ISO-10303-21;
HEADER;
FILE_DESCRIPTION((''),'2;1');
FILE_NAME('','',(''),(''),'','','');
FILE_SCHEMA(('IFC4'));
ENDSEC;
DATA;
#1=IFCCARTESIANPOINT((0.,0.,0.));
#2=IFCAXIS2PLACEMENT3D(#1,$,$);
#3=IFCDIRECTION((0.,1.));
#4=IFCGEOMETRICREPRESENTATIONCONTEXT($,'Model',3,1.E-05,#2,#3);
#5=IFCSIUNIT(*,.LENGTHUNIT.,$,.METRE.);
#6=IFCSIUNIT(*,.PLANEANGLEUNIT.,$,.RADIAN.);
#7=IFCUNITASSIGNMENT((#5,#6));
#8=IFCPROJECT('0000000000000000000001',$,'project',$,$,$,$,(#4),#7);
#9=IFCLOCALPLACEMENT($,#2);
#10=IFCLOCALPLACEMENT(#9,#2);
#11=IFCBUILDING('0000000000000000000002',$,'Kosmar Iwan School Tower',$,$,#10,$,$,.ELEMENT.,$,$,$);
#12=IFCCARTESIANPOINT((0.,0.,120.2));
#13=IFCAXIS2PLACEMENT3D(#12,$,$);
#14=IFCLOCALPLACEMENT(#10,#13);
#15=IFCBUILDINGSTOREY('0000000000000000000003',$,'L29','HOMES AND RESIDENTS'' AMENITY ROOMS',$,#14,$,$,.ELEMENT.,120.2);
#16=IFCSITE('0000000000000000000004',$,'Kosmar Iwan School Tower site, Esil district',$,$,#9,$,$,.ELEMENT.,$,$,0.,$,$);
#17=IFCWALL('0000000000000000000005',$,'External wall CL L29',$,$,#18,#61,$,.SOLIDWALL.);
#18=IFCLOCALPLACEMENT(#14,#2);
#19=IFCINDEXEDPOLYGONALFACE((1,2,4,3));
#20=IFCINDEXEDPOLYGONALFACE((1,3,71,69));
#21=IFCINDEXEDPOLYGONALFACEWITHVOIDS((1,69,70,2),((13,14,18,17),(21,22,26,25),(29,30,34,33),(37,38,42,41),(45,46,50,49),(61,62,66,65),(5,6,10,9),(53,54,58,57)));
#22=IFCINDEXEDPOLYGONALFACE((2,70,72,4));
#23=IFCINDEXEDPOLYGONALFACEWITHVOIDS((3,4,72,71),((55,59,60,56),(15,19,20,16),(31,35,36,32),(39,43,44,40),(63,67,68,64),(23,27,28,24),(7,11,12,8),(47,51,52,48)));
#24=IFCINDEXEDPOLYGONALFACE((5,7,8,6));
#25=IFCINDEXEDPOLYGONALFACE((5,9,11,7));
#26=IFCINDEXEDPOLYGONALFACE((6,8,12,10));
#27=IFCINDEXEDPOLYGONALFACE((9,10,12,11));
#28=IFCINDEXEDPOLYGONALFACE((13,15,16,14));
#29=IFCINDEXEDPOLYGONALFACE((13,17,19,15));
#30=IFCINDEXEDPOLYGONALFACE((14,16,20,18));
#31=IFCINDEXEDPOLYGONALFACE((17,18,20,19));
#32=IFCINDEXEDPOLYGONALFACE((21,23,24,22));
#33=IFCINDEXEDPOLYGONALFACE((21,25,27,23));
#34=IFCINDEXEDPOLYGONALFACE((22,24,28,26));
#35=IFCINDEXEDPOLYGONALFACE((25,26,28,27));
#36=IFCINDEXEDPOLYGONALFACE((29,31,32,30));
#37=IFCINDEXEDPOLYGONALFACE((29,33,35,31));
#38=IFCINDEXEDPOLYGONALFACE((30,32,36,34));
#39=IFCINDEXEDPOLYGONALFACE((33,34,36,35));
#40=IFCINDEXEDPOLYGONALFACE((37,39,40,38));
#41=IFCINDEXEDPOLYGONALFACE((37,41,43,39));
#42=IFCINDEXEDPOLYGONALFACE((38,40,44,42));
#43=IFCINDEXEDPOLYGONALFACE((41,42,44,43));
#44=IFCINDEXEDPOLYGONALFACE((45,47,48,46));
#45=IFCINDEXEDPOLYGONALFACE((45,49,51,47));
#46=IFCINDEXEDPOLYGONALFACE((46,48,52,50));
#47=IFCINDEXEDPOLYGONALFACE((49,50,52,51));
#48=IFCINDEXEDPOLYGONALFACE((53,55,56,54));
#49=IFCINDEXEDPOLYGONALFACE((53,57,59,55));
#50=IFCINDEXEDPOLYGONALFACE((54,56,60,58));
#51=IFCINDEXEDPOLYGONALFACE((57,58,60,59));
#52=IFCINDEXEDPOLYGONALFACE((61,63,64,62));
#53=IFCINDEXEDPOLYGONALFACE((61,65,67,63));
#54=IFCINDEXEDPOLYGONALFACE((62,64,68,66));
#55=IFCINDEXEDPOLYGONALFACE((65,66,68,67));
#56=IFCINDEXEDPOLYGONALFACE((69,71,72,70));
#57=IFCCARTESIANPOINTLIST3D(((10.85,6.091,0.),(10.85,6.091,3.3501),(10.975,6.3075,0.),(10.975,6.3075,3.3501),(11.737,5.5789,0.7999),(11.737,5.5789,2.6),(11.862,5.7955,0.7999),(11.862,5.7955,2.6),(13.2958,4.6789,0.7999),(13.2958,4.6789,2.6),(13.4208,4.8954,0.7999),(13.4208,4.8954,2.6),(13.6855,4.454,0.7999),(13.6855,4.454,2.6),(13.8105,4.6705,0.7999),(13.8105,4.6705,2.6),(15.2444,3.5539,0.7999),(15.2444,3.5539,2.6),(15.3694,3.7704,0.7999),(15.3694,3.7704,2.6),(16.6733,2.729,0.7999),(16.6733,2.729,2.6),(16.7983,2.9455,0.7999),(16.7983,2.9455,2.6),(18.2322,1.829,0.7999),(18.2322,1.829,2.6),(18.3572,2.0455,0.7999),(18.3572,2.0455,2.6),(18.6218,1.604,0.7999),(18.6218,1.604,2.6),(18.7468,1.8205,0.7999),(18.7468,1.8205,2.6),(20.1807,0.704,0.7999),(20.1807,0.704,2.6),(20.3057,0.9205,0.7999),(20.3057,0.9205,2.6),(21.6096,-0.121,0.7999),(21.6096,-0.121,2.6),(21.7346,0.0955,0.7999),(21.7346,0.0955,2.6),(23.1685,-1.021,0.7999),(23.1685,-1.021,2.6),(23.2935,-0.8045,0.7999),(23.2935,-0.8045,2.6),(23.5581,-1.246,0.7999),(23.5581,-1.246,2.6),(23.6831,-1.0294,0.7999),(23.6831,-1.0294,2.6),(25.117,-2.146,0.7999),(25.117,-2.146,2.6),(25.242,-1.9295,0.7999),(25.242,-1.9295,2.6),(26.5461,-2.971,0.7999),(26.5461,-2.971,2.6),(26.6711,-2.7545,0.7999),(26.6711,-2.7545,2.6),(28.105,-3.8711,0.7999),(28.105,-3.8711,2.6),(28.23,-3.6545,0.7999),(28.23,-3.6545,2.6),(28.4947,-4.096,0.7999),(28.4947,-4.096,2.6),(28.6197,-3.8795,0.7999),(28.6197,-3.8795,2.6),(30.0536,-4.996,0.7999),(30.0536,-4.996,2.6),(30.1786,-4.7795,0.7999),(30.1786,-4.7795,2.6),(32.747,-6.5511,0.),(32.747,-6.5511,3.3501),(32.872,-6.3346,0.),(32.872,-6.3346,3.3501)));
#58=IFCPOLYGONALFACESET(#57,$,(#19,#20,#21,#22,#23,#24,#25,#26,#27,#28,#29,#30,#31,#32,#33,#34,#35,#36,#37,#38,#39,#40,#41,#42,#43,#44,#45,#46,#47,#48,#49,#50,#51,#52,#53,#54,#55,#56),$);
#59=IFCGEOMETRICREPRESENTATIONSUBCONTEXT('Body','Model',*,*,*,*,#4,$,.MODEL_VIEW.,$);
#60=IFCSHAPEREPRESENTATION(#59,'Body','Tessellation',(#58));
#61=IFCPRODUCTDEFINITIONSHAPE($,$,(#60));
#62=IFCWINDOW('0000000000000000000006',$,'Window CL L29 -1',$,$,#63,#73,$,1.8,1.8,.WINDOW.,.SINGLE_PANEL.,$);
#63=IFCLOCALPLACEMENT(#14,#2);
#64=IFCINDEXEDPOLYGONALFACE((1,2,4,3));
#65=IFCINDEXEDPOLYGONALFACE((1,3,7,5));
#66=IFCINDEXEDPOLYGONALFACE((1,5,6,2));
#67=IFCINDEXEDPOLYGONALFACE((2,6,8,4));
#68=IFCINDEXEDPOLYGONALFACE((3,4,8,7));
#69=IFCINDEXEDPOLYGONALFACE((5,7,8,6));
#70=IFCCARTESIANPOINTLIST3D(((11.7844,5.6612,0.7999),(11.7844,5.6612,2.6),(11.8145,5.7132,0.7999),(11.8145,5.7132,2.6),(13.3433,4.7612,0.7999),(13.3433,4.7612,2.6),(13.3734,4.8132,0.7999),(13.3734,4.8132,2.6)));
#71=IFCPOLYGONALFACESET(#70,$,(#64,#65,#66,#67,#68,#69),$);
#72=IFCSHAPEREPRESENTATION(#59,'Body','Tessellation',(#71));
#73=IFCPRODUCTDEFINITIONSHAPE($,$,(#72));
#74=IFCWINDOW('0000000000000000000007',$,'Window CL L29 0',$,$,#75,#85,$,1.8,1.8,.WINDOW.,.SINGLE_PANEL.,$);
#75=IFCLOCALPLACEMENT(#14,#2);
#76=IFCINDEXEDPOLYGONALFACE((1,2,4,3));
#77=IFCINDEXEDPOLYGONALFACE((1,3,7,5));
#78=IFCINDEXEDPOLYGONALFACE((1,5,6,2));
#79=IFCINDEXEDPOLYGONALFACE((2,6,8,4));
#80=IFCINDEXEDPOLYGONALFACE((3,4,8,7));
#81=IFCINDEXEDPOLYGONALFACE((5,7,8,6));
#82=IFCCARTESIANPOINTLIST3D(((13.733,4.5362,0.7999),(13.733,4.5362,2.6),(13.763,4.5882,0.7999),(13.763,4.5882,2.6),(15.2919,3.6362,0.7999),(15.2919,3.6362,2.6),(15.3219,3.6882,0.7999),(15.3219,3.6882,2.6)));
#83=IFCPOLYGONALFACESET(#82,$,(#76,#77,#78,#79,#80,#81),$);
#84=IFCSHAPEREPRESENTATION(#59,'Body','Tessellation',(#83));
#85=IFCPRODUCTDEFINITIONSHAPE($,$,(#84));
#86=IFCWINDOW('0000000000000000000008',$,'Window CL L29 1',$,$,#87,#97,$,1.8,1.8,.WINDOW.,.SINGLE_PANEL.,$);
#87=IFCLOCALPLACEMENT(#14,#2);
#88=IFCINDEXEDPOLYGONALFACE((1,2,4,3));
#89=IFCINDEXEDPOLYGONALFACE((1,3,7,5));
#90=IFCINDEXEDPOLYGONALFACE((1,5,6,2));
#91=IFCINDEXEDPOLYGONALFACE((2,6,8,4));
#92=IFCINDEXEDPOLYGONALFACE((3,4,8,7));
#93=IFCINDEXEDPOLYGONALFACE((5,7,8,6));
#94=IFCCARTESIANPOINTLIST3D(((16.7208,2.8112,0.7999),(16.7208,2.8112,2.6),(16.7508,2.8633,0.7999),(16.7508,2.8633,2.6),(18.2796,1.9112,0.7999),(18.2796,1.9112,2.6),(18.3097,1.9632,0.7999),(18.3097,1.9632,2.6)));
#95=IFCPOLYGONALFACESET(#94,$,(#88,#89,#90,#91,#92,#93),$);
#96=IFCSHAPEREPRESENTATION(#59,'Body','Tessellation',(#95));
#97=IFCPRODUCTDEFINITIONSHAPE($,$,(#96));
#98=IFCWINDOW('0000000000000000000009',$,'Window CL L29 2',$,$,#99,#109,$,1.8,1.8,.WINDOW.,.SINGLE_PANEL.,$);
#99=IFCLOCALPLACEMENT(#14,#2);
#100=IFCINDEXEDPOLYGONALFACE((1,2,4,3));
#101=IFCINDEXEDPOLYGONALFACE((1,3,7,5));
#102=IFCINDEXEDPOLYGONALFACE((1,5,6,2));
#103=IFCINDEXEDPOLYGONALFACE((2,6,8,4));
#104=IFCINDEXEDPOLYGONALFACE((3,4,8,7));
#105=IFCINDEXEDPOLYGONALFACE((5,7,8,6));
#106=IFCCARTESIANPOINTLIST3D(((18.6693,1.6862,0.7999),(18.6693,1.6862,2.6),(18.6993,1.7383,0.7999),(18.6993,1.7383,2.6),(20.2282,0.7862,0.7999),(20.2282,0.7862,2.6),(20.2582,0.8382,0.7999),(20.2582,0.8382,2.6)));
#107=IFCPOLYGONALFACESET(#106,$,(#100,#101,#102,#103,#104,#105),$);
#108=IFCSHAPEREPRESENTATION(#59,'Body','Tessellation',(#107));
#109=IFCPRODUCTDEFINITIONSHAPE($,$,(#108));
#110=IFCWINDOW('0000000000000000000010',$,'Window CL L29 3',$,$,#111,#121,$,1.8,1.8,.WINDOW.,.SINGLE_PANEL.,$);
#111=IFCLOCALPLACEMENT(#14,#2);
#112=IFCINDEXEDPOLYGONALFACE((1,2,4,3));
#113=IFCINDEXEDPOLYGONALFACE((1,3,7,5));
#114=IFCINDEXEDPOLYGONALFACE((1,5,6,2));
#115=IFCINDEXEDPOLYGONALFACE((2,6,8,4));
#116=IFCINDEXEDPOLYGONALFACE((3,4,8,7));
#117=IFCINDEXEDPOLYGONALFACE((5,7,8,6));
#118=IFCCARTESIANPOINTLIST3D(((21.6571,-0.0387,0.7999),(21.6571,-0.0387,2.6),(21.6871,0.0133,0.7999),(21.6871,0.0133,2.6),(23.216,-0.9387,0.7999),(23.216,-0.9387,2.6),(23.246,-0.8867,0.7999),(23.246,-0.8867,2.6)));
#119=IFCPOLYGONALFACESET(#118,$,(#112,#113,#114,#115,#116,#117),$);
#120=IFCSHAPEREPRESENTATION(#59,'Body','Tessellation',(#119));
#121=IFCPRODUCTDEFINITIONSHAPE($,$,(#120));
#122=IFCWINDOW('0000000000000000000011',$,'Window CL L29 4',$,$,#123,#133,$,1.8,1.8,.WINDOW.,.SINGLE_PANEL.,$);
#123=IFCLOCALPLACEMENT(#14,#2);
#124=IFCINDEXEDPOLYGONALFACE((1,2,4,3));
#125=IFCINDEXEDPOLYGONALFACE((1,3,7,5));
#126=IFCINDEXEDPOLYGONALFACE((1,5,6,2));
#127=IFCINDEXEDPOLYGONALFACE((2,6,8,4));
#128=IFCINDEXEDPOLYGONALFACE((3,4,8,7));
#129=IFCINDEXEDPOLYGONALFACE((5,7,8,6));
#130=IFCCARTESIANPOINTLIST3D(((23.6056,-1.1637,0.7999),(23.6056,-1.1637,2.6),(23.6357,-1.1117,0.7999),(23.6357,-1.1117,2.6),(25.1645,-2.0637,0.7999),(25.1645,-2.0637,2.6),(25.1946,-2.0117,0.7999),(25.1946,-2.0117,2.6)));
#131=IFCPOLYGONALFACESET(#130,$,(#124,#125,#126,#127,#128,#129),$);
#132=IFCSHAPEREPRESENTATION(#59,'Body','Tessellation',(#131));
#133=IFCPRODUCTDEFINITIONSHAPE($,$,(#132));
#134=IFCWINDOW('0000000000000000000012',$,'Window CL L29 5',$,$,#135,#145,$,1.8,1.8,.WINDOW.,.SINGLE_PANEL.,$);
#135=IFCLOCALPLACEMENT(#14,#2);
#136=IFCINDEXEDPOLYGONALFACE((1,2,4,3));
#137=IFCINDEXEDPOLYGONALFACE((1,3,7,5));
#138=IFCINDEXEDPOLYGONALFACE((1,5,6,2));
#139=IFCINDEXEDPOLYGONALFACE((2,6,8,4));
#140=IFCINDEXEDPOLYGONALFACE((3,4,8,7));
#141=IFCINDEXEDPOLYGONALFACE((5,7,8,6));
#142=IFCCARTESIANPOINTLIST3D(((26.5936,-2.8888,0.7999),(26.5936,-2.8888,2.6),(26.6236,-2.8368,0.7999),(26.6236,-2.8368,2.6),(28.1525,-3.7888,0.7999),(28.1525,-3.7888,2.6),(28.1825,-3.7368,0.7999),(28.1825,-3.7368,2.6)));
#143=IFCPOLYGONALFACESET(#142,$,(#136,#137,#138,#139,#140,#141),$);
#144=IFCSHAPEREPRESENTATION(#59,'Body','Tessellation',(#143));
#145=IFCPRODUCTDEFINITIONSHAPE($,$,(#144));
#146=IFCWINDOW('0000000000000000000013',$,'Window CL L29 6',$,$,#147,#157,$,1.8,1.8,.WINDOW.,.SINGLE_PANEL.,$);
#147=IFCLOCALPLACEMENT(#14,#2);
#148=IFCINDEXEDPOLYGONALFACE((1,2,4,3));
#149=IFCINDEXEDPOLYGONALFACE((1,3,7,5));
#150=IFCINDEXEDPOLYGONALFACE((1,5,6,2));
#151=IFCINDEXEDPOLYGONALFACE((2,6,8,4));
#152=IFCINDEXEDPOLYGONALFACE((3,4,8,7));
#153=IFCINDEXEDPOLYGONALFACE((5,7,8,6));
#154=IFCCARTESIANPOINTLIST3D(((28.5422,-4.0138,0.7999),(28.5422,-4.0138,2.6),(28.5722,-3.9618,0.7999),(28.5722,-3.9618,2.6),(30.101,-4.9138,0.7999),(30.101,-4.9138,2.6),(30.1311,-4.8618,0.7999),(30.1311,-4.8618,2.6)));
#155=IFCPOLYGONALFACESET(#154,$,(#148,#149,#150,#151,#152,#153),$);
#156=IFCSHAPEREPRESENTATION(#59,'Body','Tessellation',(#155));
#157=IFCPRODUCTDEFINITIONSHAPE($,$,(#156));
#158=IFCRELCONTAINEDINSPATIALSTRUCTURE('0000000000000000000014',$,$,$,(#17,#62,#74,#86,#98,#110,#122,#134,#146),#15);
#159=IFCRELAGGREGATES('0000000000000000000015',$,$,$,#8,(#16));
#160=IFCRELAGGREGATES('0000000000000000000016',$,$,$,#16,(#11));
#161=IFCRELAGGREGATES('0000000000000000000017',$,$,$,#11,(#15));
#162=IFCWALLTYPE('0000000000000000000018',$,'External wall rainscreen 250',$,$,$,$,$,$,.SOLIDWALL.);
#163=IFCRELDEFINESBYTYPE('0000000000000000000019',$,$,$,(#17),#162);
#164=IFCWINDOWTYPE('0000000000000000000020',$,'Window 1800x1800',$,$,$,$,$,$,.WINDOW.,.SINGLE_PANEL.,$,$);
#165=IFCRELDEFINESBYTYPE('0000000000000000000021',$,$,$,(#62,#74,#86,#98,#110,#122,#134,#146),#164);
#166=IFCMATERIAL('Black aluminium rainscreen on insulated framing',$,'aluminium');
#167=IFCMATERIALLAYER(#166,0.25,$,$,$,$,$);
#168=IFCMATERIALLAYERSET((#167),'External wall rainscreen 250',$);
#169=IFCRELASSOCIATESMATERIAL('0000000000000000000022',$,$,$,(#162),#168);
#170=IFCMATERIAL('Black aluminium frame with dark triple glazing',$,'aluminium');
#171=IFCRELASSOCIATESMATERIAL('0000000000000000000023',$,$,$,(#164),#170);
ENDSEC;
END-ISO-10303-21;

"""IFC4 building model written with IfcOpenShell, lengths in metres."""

from ifc_helpers import new_model, si_unit, direction, frame, frame_2d, origin, place, context, subcontext, project, spatial, rectangle, extrude, material, layer, layer_set, type_object, element, fill, save


model = new_model("IFC4")

# Units and contexts
model_context = context("Model", 3, precision=1e-05, world=origin(), true_north=direction((0.0, 1.0)))
body_context = subcontext(model_context, "Body", "Model", "MODEL_VIEW")
ifc_project = project(units=[si_unit("LENGTHUNIT", "METRE"), si_unit("PLANEANGLEUNIT", "RADIAN")], contexts=[model_context])

# Site, building, storey
site_placement = place(None, origin())
site = spatial("IfcSite", under=ifc_project, at=site_placement, Name="Kosmar Iwan School Tower site, Esil district", CompositionType="ELEMENT", RefElevation=0.0)
building_placement = place(site_placement, origin())
building = spatial("IfcBuilding", under=site, at=building_placement, Name="Kosmar Iwan School Tower", CompositionType="ELEMENT")
storey_placement = place(building_placement, frame((0.0, 0.0, 120.2)))
storey = spatial("IfcBuildingStorey", under=building, at=storey_placement, Name="L29", Description="HOMES AND RESIDENTS' AMENITY ROOMS", CompositionType="ELEMENT", Elevation=120.2)

# Wall, openings, windows
ifc_material_1 = material(Name="Black aluminium rainscreen on insulated framing", Category="aluminium")
ifc_layer = layer(ifc_material_1, 0.25)
ifc_layer_set = layer_set([ifc_layer], Name="External wall rainscreen 250")
wall_type = type_object("IfcWallType", Name="External wall rainscreen 250", PredefinedType="SOLIDWALL", material=ifc_layer_set)
wall_1_placement = place(storey_placement, frame((10.9126, 6.1992, 0.0), z_axis=(0.0, 0.0, 1.0), x_axis=(0.866028, -0.499996, 0.0)))
wall_1 = element("IfcWall", 1, at=wall_1_placement, inside=storey, type_object=wall_type, Name="External wall CL L29", PredefinedType="SOLIDWALL", context=body_context, shape_type="SweptSolid", body=[
    extrude(rectangle(XDim=25.2844, YDim=0.25, at=frame_2d((12.6421, 0.0))), origin(), (0.0, 0.0, 1.0), 3.3501),
])
opening_1_placement = place(wall_1_placement, frame((1.0242, 0.0, 0.8)))
opening_1 = element("IfcOpeningElement", 2, at=opening_1_placement, cuts=wall_1, PredefinedType="OPENING", context=body_context, shape_type="SweptSolid", body=[
    extrude(rectangle(XDim=1.8, YDim=1.8, at=frame_2d((0.8999, 0.8999))), frame((0.0, 0.137, 0.0), z_axis=(0.0, -1.0, 0.0), x_axis=(1.0, 0.0, 0.0)), (0.0, 0.0, 1.0), 0.2739),
])
opening_2_placement = place(wall_1_placement, frame((3.2742, 0.0, 0.8)))
opening_2 = element("IfcOpeningElement", 3, at=opening_2_placement, cuts=wall_1, PredefinedType="OPENING", context=body_context, shape_type="SweptSolid", body=[
    extrude(rectangle(XDim=1.8, YDim=1.8, at=frame_2d((0.8999, 0.8999))), frame((0.0, 0.137, 0.0), z_axis=(0.0, -1.0, 0.0), x_axis=(1.0, 0.0, 0.0)), (0.0, 0.0, 1.0), 0.2739),
])
opening_3_placement = place(wall_1_placement, frame((6.7241, 0.0, 0.8)))
opening_3 = element("IfcOpeningElement", 4, at=opening_3_placement, cuts=wall_1, PredefinedType="OPENING", context=body_context, shape_type="SweptSolid", body=[
    extrude(rectangle(XDim=1.8, YDim=1.8, at=frame_2d((0.8999, 0.8999))), frame((0.0, 0.137, 0.0), z_axis=(0.0, -1.0, 0.0), x_axis=(1.0, 0.0, 0.0)), (0.0, 0.0, 1.0), 0.2739),
])
opening_4_placement = place(wall_1_placement, frame((8.9741, 0.0, 0.8)))
opening_4 = element("IfcOpeningElement", 5, at=opening_4_placement, cuts=wall_1, PredefinedType="OPENING", context=body_context, shape_type="SweptSolid", body=[
    extrude(rectangle(XDim=1.8, YDim=1.8, at=frame_2d((0.8999, 0.8999))), frame((0.0, 0.137, 0.0), z_axis=(0.0, -1.0, 0.0), x_axis=(1.0, 0.0, 0.0)), (0.0, 0.0, 1.0), 0.2739),
])
opening_5_placement = place(wall_1_placement, frame((12.4241, 0.0, 0.8)))
opening_5 = element("IfcOpeningElement", 6, at=opening_5_placement, cuts=wall_1, PredefinedType="OPENING", context=body_context, shape_type="SweptSolid", body=[
    extrude(rectangle(XDim=1.8, YDim=1.8, at=frame_2d((0.8999, 0.8999))), frame((0.0, 0.137, 0.0), z_axis=(0.0, -1.0, 0.0), x_axis=(1.0, 0.0, 0.0)), (0.0, 0.0, 1.0), 0.2739),
])
opening_6_placement = place(wall_1_placement, frame((14.6741, 0.0, 0.8)))
opening_6 = element("IfcOpeningElement", 7, at=opening_6_placement, cuts=wall_1, PredefinedType="OPENING", context=body_context, shape_type="SweptSolid", body=[
    extrude(rectangle(XDim=1.8, YDim=1.8, at=frame_2d((0.8999, 0.8999))), frame((0.0, 0.137, 0.0), z_axis=(0.0, -1.0, 0.0), x_axis=(1.0, 0.0, 0.0)), (0.0, 0.0, 1.0), 0.2739),
])
opening_7_placement = place(wall_1_placement, frame((18.1243, 0.0, 0.8)))
opening_7 = element("IfcOpeningElement", 8, at=opening_7_placement, cuts=wall_1, PredefinedType="OPENING", context=body_context, shape_type="SweptSolid", body=[
    extrude(rectangle(XDim=1.8, YDim=1.8, at=frame_2d((0.8999, 0.8999))), frame((0.0, 0.137, 0.0), z_axis=(0.0, -1.0, 0.0), x_axis=(1.0, 0.0, 0.0)), (0.0, 0.0, 1.0), 0.2739),
])
opening_8_placement = place(wall_1_placement, frame((20.3743, 0.0, 0.8)))
opening_8 = element("IfcOpeningElement", 9, at=opening_8_placement, cuts=wall_1, PredefinedType="OPENING", context=body_context, shape_type="SweptSolid", body=[
    extrude(rectangle(XDim=1.8, YDim=1.8, at=frame_2d((0.8999, 0.8999))), frame((0.0, 0.137, 0.0), z_axis=(0.0, -1.0, 0.0), x_axis=(1.0, 0.0, 0.0)), (0.0, 0.0, 1.0), 0.2739),
])
ifc_material_2 = material(Name="Black aluminium frame with dark triple glazing", Category="aluminium")
window_type = type_object("IfcWindowType", Name="Window 1800x1800", PartitioningType="SINGLE_PANEL", PredefinedType="WINDOW", material=ifc_material_2)
window_1_placement = place(opening_1_placement, origin())
window_1 = element("IfcWindow", 10, at=window_1_placement, inside=storey, type_object=window_type, Name="Window CL L29 -1", OverallHeight=1.8, OverallWidth=1.8, PartitioningType="SINGLE_PANEL", PredefinedType="WINDOW", context=body_context, shape_type="SweptSolid", body=[
    extrude(rectangle(XDim=1.8, YDim=1.8, at=frame_2d((0.8999, 0.8999))), frame((0.0, 0.03, 0.0), z_axis=(0.0, -1.0, 0.0), x_axis=(1.0, 0.0, 0.0)), (0.0, 0.0, 1.0), 0.0601),
])
fill(opening_1, window_1)
window_2_placement = place(opening_2_placement, origin())
window_2 = element("IfcWindow", 11, at=window_2_placement, inside=storey, type_object=window_type, Name="Window CL L29 0", OverallHeight=1.8, OverallWidth=1.8, PartitioningType="SINGLE_PANEL", PredefinedType="WINDOW", context=body_context, shape_type="SweptSolid", body=[
    extrude(rectangle(XDim=1.8, YDim=1.8, at=frame_2d((0.8999, 0.8999))), frame((0.0, 0.03, 0.0), z_axis=(0.0, -1.0, 0.0), x_axis=(1.0, 0.0, 0.0)), (0.0, 0.0, 1.0), 0.0601),
])
fill(opening_2, window_2)
window_3_placement = place(opening_3_placement, origin())
window_3 = element("IfcWindow", 12, at=window_3_placement, inside=storey, type_object=window_type, Name="Window CL L29 1", OverallHeight=1.8, OverallWidth=1.8, PartitioningType="SINGLE_PANEL", PredefinedType="WINDOW", context=body_context, shape_type="SweptSolid", body=[
    extrude(rectangle(XDim=1.8, YDim=1.8, at=frame_2d((0.8999, 0.8999))), frame((0.0, 0.03, 0.0), z_axis=(0.0, -1.0, 0.0), x_axis=(1.0, 0.0, 0.0)), (0.0, 0.0, 1.0), 0.0601),
])
fill(opening_3, window_3)
window_4_placement = place(opening_4_placement, origin())
window_4 = element("IfcWindow", 13, at=window_4_placement, inside=storey, type_object=window_type, Name="Window CL L29 2", OverallHeight=1.8, OverallWidth=1.8, PartitioningType="SINGLE_PANEL", PredefinedType="WINDOW", context=body_context, shape_type="SweptSolid", body=[
    extrude(rectangle(XDim=1.8, YDim=1.8, at=frame_2d((0.8999, 0.8999))), frame((0.0, 0.03, 0.0), z_axis=(0.0, -1.0, 0.0), x_axis=(1.0, 0.0, 0.0)), (0.0, 0.0, 1.0), 0.0601),
])
fill(opening_4, window_4)
window_5_placement = place(opening_5_placement, origin())
window_5 = element("IfcWindow", 14, at=window_5_placement, inside=storey, type_object=window_type, Name="Window CL L29 3", OverallHeight=1.8, OverallWidth=1.8, PartitioningType="SINGLE_PANEL", PredefinedType="WINDOW", context=body_context, shape_type="SweptSolid", body=[
    extrude(rectangle(XDim=1.8, YDim=1.8, at=frame_2d((0.8999, 0.8999))), frame((0.0, 0.03, 0.0), z_axis=(0.0, -1.0, 0.0), x_axis=(1.0, 0.0, 0.0)), (0.0, 0.0, 1.0), 0.0601),
])
fill(opening_5, window_5)
window_6_placement = place(opening_6_placement, origin())
window_6 = element("IfcWindow", 15, at=window_6_placement, inside=storey, type_object=window_type, Name="Window CL L29 4", OverallHeight=1.8, OverallWidth=1.8, PartitioningType="SINGLE_PANEL", PredefinedType="WINDOW", context=body_context, shape_type="SweptSolid", body=[
    extrude(rectangle(XDim=1.8, YDim=1.8, at=frame_2d((0.8999, 0.8999))), frame((0.0, 0.03, 0.0), z_axis=(0.0, -1.0, 0.0), x_axis=(1.0, 0.0, 0.0)), (0.0, 0.0, 1.0), 0.0601),
])
fill(opening_6, window_6)
window_7_placement = place(opening_7_placement, origin())
window_7 = element("IfcWindow", 16, at=window_7_placement, inside=storey, type_object=window_type, Name="Window CL L29 5", OverallHeight=1.8, OverallWidth=1.8, PartitioningType="SINGLE_PANEL", PredefinedType="WINDOW", context=body_context, shape_type="SweptSolid", body=[
    extrude(rectangle(XDim=1.8, YDim=1.8, at=frame_2d((0.8999, 0.8999))), frame((0.0, 0.03, 0.0), z_axis=(0.0, -1.0, 0.0), x_axis=(1.0, 0.0, 0.0)), (0.0, 0.0, 1.0), 0.0601),
])
fill(opening_7, window_7)
window_8_placement = place(opening_8_placement, origin())
window_8 = element("IfcWindow", 17, at=window_8_placement, inside=storey, type_object=window_type, Name="Window CL L29 6", OverallHeight=1.8, OverallWidth=1.8, PartitioningType="SINGLE_PANEL", PredefinedType="WINDOW", context=body_context, shape_type="SweptSolid", body=[
    extrude(rectangle(XDim=1.8, YDim=1.8, at=frame_2d((0.8999, 0.8999))), frame((0.0, 0.03, 0.0), z_axis=(0.0, -1.0, 0.0), x_axis=(1.0, 0.0, 0.0)), (0.0, 0.0, 1.0), 0.0601),
])
fill(opening_8, window_8)

save(model, "model.ifc")
